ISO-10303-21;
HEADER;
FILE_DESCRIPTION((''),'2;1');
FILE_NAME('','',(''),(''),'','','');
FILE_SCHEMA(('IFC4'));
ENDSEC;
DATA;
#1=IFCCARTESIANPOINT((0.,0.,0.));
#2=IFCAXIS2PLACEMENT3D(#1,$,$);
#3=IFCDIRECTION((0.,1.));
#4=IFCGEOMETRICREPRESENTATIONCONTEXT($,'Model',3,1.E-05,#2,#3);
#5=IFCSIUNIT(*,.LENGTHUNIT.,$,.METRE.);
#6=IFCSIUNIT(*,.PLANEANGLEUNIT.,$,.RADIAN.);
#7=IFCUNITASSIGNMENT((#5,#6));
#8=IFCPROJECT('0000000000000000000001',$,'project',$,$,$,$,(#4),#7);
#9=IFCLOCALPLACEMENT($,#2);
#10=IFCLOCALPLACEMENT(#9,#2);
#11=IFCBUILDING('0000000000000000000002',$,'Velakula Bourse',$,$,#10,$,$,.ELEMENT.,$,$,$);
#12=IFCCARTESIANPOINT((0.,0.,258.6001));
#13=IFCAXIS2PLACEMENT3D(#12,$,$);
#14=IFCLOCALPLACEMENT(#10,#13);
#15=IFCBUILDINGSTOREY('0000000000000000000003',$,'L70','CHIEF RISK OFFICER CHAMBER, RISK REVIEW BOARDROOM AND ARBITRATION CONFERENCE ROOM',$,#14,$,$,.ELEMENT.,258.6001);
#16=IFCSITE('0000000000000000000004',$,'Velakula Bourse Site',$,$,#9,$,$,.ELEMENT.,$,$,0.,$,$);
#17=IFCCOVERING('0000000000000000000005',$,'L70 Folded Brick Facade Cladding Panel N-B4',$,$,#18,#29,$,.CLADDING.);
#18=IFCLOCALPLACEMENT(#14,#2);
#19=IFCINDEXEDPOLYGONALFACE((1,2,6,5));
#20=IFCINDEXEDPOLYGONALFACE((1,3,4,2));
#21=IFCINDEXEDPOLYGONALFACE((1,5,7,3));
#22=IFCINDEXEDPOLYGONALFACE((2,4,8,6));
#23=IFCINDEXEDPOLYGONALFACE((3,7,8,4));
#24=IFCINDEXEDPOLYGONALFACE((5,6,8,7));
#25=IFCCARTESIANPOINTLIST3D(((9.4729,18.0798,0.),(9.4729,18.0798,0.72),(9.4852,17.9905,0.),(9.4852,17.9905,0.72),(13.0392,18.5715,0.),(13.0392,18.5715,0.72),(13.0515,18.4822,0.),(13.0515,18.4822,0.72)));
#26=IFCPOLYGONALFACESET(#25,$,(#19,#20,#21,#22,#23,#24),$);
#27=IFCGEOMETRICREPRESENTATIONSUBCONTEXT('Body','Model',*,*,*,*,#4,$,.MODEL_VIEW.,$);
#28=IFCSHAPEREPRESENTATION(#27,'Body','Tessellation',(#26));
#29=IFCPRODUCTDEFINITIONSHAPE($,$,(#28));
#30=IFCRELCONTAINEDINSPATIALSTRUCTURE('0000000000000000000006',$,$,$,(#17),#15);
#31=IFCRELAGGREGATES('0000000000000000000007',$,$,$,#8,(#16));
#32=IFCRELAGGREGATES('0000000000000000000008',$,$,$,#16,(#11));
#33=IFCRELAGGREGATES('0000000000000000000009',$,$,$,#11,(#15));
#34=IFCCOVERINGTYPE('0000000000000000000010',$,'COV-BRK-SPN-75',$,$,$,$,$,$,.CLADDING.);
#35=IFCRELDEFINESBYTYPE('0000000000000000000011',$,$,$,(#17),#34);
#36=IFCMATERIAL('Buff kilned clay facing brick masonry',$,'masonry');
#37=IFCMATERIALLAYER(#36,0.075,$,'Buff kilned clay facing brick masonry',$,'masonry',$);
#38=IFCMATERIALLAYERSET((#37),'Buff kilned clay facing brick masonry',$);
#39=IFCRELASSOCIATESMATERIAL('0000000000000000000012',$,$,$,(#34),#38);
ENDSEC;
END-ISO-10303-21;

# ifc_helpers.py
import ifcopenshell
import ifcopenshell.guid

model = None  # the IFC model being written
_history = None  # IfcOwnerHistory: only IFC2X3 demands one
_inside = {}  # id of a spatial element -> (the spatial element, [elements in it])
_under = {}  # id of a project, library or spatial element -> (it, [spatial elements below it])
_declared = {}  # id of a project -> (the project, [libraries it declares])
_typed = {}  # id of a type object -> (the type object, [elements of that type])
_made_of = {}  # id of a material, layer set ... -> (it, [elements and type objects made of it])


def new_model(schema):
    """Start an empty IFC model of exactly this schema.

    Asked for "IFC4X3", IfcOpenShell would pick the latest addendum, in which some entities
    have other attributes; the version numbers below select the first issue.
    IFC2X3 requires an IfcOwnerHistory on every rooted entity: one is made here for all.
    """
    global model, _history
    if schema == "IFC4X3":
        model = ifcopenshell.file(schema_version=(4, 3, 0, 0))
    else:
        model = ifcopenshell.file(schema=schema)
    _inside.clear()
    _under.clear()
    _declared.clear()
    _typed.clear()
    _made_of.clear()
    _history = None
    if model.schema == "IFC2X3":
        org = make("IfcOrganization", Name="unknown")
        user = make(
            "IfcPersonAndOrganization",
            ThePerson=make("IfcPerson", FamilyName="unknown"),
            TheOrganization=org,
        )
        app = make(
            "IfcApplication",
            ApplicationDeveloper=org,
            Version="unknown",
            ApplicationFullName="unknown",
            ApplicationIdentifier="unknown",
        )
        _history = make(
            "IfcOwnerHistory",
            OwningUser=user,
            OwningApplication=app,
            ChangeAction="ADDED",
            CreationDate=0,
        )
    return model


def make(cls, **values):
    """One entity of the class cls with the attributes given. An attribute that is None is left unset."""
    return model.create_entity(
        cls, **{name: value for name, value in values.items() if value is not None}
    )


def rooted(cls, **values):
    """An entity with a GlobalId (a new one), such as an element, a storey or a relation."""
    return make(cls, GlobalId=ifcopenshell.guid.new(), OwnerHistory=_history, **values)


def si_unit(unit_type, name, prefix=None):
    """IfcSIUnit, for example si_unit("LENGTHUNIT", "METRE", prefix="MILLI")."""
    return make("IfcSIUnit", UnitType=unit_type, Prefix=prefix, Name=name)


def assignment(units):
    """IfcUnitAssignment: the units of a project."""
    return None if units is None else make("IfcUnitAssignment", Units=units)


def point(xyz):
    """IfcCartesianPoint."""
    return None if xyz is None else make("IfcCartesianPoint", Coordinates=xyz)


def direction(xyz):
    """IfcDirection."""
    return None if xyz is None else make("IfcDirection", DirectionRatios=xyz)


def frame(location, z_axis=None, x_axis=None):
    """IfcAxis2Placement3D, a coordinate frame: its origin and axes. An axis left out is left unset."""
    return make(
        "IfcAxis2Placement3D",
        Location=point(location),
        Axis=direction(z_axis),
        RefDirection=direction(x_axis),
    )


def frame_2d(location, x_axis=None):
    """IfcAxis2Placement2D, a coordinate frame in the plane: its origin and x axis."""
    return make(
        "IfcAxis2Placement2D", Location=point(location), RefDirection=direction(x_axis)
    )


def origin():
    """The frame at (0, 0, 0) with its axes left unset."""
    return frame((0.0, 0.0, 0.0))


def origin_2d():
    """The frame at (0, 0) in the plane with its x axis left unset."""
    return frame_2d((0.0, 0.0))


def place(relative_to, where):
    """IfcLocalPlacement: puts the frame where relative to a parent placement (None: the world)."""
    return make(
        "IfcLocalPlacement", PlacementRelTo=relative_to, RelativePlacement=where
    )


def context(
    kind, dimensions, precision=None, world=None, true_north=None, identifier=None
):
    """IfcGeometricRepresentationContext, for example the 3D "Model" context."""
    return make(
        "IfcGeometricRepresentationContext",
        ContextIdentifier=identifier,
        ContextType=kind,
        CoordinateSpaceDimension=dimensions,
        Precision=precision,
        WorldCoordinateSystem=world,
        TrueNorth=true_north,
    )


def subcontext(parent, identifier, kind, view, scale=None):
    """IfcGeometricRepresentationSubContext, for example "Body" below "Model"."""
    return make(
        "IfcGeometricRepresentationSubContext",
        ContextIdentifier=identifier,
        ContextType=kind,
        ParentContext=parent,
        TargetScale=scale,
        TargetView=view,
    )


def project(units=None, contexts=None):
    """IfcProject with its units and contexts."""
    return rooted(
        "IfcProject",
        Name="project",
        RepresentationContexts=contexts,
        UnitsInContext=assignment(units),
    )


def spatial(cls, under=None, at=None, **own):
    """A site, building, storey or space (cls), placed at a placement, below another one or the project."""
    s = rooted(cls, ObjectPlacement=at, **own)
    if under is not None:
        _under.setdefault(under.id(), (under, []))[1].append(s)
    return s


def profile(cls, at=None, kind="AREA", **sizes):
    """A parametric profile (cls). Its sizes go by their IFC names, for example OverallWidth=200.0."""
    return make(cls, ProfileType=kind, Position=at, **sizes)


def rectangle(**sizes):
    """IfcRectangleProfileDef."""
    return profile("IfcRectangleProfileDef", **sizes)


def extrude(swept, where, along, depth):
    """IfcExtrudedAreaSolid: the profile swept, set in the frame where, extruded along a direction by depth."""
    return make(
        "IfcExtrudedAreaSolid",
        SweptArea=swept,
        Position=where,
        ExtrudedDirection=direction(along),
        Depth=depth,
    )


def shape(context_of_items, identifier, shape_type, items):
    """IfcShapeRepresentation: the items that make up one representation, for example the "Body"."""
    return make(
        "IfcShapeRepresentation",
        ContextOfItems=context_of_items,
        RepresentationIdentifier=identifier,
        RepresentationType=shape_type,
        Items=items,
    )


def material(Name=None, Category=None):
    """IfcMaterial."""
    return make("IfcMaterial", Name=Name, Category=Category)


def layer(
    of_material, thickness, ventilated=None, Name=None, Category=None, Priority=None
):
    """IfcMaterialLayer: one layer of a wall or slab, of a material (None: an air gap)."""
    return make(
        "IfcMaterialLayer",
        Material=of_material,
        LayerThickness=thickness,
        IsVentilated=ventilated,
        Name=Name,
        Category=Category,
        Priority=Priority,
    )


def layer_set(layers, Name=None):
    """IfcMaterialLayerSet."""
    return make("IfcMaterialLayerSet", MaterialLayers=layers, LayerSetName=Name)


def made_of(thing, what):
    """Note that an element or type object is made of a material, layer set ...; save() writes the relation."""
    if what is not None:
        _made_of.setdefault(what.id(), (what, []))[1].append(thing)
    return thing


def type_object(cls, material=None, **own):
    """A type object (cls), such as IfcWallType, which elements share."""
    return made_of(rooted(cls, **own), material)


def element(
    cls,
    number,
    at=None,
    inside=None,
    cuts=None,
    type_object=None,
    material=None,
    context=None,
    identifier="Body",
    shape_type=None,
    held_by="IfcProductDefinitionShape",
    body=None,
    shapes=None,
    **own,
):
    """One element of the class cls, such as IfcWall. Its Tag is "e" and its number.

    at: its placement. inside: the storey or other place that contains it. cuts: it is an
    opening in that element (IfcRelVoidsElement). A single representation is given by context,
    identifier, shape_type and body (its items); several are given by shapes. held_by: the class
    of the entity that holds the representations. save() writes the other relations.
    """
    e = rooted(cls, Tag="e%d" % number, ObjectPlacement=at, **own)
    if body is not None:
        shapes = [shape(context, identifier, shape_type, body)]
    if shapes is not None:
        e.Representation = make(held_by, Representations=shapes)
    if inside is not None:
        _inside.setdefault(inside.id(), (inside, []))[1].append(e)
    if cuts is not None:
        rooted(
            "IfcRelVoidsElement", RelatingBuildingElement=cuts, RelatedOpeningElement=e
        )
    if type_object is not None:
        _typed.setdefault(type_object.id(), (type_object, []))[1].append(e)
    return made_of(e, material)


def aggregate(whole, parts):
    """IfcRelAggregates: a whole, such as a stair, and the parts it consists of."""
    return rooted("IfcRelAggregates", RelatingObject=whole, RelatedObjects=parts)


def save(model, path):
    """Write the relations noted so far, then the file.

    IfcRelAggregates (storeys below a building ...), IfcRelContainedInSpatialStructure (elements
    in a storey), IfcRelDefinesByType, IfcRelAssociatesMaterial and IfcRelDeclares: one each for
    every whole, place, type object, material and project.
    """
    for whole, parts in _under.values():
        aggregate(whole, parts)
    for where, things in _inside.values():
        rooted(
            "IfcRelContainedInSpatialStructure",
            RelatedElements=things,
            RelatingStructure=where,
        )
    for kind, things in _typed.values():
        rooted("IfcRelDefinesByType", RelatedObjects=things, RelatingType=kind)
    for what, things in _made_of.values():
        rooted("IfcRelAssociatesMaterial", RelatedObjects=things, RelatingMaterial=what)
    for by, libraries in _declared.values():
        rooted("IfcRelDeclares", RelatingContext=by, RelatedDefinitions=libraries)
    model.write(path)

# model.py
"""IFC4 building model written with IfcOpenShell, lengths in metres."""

from ifc_helpers import new_model, si_unit, direction, frame, origin, origin_2d, place, context, subcontext, project, spatial, rectangle, extrude, material, layer, layer_set, type_object, element, save


model = new_model("IFC4")

# Units and contexts
model_context = context("Model", 3, precision=1e-05, world=origin(), true_north=direction((0.0, 1.0)))
body_context = subcontext(model_context, "Body", "Model", "MODEL_VIEW")
ifc_project = project(units=[si_unit("LENGTHUNIT", "METRE"), si_unit("PLANEANGLEUNIT", "RADIAN")], contexts=[model_context])

# Site, building, storey
site_placement = place(None, origin())
site = spatial("IfcSite", under=ifc_project, at=site_placement, Name="Velakula Bourse Site", CompositionType="ELEMENT", RefElevation=0.0)
building_placement = place(site_placement, origin())
building = spatial("IfcBuilding", under=site, at=building_placement, Name="Velakula Bourse", CompositionType="ELEMENT")
storey_placement = place(building_placement, frame((0.0, 0.0, 258.6001)))
storey = spatial("IfcBuildingStorey", under=building, at=storey_placement, Name="L70", Description="CHIEF RISK OFFICER CHAMBER, RISK REVIEW BOARDROOM AND ARBITRATION CONFERENCE ROOM", CompositionType="ELEMENT", Elevation=258.6001)

# Shared definitions
ifc_material_1 = material(Name="Buff kilned clay facing brick masonry", Category="masonry")

# Covering
ifc_layer_1 = layer(ifc_material_1, 0.075, Name="Buff kilned clay facing brick masonry", Category="masonry")
ifc_layer_set_1 = layer_set([ifc_layer_1], Name="Buff kilned clay facing brick masonry")
covering_type = type_object("IfcCoveringType", Name="COV-BRK-SPN-75", PredefinedType="CLADDING", material=ifc_layer_set_1)
covering_placement = place(storey_placement, frame((11.2622, 18.281, 0.0), z_axis=(0.0, 0.0, 1.0), x_axis=(0.990629, 0.13658, 0.0)))
element("IfcCovering", 1, at=covering_placement, inside=storey, type_object=covering_type, Name="L70 Folded Brick Facade Cladding Panel N-B4", PredefinedType="CLADDING", context=body_context, shape_type="SweptSolid", body=[
    extrude(rectangle(XDim=3.6001, YDim=0.0901, at=origin_2d()), origin(), (0.0, 0.0, 1.0), 0.72),
])

save(model, "model.ifc")
